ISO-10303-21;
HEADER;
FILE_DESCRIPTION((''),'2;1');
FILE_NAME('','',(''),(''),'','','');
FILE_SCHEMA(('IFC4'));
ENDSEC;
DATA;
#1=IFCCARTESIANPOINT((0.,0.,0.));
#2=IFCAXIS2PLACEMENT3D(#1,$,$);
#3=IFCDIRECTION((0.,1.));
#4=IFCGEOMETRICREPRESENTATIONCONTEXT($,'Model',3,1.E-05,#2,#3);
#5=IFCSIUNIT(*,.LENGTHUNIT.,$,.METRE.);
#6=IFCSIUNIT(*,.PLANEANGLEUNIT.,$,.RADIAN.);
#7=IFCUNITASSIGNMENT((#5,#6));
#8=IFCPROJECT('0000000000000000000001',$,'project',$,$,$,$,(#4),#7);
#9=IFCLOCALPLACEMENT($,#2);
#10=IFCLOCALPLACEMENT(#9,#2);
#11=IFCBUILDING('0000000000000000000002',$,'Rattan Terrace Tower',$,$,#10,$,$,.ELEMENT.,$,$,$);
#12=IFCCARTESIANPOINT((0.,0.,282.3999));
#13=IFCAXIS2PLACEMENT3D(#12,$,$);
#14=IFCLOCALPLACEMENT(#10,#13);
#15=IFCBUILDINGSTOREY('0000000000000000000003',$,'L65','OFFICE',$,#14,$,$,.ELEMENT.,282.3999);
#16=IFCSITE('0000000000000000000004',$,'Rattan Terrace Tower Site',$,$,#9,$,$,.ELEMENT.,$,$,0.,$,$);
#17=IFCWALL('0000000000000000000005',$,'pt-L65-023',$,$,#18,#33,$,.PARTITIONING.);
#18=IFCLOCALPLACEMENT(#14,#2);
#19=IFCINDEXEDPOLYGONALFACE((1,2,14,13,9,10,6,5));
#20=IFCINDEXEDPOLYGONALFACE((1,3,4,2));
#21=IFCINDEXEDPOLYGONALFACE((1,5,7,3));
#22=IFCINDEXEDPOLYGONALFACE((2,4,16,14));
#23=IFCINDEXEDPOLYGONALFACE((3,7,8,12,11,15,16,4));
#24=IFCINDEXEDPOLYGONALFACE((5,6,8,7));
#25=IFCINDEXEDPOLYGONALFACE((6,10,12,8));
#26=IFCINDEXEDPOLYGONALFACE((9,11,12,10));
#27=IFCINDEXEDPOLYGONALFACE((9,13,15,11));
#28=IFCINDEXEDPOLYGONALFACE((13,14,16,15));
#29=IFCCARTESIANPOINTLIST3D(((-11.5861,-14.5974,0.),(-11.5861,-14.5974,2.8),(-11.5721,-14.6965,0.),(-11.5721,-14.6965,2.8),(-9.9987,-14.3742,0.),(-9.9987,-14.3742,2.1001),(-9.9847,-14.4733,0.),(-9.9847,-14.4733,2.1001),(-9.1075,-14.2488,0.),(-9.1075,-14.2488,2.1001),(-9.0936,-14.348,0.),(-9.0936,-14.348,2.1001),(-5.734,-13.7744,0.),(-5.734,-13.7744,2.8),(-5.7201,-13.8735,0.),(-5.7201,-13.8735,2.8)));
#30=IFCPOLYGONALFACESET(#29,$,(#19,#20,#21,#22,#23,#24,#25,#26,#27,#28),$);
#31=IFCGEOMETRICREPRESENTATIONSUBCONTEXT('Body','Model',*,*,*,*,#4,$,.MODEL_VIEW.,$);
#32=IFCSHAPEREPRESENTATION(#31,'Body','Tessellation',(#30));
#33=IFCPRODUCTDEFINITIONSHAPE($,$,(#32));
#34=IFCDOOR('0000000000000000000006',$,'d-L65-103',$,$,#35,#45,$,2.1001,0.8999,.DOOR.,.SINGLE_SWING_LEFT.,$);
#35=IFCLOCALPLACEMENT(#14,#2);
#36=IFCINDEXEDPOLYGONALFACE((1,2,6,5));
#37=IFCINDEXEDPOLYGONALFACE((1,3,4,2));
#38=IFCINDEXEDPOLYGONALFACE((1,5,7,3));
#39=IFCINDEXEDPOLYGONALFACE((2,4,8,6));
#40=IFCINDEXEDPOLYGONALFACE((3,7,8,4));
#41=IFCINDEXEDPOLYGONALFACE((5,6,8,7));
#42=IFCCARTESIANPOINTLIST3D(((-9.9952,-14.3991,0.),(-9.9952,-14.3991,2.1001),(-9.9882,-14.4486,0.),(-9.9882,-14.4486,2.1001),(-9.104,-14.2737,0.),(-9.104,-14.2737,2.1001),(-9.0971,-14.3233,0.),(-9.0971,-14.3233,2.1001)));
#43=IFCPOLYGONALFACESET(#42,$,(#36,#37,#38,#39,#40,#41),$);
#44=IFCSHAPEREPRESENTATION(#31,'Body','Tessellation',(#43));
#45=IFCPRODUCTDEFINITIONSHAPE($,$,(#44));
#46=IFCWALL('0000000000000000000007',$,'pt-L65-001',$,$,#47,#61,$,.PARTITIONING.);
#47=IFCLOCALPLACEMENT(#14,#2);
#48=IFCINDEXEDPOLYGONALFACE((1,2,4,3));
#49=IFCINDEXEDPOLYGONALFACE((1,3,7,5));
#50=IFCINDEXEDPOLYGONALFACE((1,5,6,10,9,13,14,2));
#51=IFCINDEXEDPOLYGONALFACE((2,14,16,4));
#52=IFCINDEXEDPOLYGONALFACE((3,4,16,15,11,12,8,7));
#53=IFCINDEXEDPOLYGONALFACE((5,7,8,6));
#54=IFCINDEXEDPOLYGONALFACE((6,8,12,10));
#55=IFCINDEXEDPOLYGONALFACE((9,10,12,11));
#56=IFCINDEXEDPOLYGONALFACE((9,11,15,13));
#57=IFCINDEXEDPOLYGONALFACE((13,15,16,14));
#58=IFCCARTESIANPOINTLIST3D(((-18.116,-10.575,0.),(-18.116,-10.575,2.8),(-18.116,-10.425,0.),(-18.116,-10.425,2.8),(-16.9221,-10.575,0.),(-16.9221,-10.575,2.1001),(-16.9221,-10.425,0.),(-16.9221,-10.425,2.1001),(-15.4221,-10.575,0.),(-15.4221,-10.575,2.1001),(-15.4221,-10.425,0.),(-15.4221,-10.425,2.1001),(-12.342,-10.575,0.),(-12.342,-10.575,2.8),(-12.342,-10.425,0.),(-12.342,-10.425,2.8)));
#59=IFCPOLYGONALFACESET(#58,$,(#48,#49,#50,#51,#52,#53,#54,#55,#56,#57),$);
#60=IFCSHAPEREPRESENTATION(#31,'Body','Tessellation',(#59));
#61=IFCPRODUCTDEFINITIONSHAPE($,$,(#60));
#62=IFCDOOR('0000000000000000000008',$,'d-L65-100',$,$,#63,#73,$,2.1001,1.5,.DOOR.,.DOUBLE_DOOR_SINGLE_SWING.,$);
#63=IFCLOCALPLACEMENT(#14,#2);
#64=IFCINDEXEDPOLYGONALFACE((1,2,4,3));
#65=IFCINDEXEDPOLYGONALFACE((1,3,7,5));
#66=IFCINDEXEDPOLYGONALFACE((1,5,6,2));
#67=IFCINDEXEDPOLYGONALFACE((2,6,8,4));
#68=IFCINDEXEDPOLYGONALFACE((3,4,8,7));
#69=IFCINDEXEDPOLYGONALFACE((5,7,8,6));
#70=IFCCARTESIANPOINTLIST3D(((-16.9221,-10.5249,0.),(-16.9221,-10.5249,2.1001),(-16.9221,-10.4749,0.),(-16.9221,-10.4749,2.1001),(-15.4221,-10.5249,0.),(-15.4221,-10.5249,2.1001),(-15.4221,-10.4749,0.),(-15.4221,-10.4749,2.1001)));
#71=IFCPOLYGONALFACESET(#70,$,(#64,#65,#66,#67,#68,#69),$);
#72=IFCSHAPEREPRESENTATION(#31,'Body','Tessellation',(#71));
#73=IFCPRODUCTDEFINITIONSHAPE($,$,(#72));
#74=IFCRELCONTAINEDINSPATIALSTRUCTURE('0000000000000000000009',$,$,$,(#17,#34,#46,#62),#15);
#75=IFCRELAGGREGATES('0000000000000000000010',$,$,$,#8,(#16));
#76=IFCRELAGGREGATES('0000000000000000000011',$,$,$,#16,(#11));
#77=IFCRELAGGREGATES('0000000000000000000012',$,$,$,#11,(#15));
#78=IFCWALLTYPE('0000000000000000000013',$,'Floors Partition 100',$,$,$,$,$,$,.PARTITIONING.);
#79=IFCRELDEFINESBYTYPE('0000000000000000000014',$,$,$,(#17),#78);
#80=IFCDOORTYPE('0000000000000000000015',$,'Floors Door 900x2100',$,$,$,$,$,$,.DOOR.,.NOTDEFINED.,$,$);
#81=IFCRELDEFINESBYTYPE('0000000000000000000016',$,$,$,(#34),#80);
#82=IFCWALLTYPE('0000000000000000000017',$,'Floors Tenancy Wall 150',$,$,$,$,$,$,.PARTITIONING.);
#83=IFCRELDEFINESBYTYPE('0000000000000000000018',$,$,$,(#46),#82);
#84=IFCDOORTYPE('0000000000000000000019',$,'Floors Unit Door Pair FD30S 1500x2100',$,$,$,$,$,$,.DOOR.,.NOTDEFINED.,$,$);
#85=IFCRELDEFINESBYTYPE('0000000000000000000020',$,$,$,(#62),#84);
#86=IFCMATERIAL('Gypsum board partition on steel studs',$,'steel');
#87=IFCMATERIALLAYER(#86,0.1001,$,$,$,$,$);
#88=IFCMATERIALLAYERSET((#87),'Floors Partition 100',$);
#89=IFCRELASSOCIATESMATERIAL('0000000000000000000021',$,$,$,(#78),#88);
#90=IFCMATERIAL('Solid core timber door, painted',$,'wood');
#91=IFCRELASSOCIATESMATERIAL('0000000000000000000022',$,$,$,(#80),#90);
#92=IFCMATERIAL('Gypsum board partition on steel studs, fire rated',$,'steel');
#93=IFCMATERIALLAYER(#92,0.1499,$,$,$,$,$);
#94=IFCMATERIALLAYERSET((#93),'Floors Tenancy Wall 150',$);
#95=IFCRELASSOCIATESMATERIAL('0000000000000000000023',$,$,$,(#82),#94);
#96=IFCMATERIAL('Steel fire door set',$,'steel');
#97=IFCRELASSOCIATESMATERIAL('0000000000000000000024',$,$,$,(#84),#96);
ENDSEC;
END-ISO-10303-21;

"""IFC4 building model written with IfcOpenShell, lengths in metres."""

from ifc_helpers import new_model, si_unit, direction, frame, frame_2d, origin, place, context, subcontext, project, spatial, rectangle, extrude, material, layer, layer_set, type_object, element, fill, save


model = new_model("IFC4")

# Units and contexts
model_context = context("Model", 3, precision=1e-05, world=origin(), true_north=direction((0.0, 1.0)))
body_context = subcontext(model_context, "Body", "Model", "MODEL_VIEW")
ifc_project = project(units=[si_unit("LENGTHUNIT", "METRE"), si_unit("PLANEANGLEUNIT", "RADIAN")], contexts=[model_context])

# Site, building, storey
site_placement = place(None, origin())
site = spatial("IfcSite", under=ifc_project, at=site_placement, Name="Rattan Terrace Tower Site", CompositionType="ELEMENT", RefElevation=0.0)
building_placement = place(site_placement, origin())
building = spatial("IfcBuilding", under=site, at=building_placement, Name="Rattan Terrace Tower", CompositionType="ELEMENT")
storey_placement = place(building_placement, frame((0.0, 0.0, 282.3999)))
storey = spatial("IfcBuildingStorey", under=building, at=storey_placement, Name="L65", Description="OFFICE", CompositionType="ELEMENT", Elevation=282.3999)

# Shared definitions
ifc_material_1 = material(Name="Gypsum board partition on steel studs", Category="steel")
ifc_layer_1 = layer(ifc_material_1, 0.1001)
ifc_layer_set_1 = layer_set([ifc_layer_1], Name="Floors Partition 100")
wall_type_1 = type_object("IfcWallType", Name="Floors Partition 100", PredefinedType="PARTITIONING", material=ifc_layer_set_1)

# Walls, openings, doors
wall_1_placement = place(storey_placement, frame((-11.5791, -14.647, 0.0), z_axis=(0.0, 0.0, 1.0), x_axis=(0.990255, 0.139264, 0.0)))
wall_1 = element("IfcWall", 1, at=wall_1_placement, inside=storey, type_object=wall_type_1, Name="pt-L65-023", PredefinedType="PARTITIONING", context=body_context, shape_type="SweptSolid", body=[
    extrude(rectangle(XDim=5.9097, YDim=0.1001, at=frame_2d((2.9548, 0.0))), origin(), (0.0, 0.0, 1.0), 2.8),
])
opening_1_placement = place(wall_1_placement, frame((1.603, 0.0, 0.0)))
opening_1 = element("IfcOpeningElement", 2, at=opening_1_placement, cuts=wall_1, PredefinedType="OPENING", context=body_context, shape_type="SweptSolid", body=[
    extrude(rectangle(XDim=0.8999, YDim=2.1001, at=frame_2d((0.45, 1.05))), frame((0.0, 0.0605, 0.0), z_axis=(0.0, -1.0, 0.0), x_axis=(1.0, 0.0, 0.0)), (0.0, 0.0, 1.0), 0.1211),
])
ifc_material_2 = material(Name="Solid core timber door, painted", Category="wood")
door_type_1 = type_object("IfcDoorType", Name="Floors Door 900x2100", OperationType="NOTDEFINED", PredefinedType="DOOR", material=ifc_material_2)
door_1_placement = place(opening_1_placement, origin())
door_1 = element("IfcDoor", 3, at=door_1_placement, inside=storey, type_object=door_type_1, Name="d-L65-103", OperationType="SINGLE_SWING_LEFT", OverallHeight=2.1001, OverallWidth=0.8999, PredefinedType="DOOR", context=body_context, shape_type="SweptSolid", body=[
    extrude(rectangle(XDim=0.8999, YDim=2.1001, at=frame_2d((0.45, 1.05))), frame((0.0, 0.0249, 0.0), z_axis=(0.0, -1.0, 0.0), x_axis=(1.0, 0.0, 0.0)), (0.0, 0.0, 1.0), 0.05),
])
fill(opening_1, door_1)
ifc_material_3 = material(Name="Gypsum board partition on steel studs, fire rated", Category="steel")
ifc_layer_2 = layer(ifc_material_3, 0.1499)
ifc_layer_set_2 = layer_set([ifc_layer_2], Name="Floors Tenancy Wall 150")
wall_type_2 = type_object("IfcWallType", Name="Floors Tenancy Wall 150", PredefinedType="PARTITIONING", material=ifc_layer_set_2)
wall_2_placement = place(storey_placement, frame((-12.342, -10.5, 0.0), z_axis=(0.0, 0.0, 1.0), x_axis=(-1.0, 0.0, 0.0)))
wall_2 = element("IfcWall", 4, at=wall_2_placement, inside=storey, type_object=wall_type_2, Name="pt-L65-001", PredefinedType="PARTITIONING", context=body_context, shape_type="SweptSolid", body=[
    extrude(rectangle(XDim=5.7739, YDim=0.1499, at=frame_2d((2.887, 0.0))), origin(), (0.0, 0.0, 1.0), 2.8),
])
opening_2_placement = place(wall_2_placement, frame((3.0801, 0.0, 0.0)))
opening_2 = element("IfcOpeningElement", 5, at=opening_2_placement, cuts=wall_2, PredefinedType="OPENING", context=body_context, shape_type="SweptSolid", body=[
    extrude(rectangle(XDim=1.5, YDim=2.1001, at=frame_2d((0.75, 1.05))), frame((0.0, 0.0854, 0.0), z_axis=(0.0, -1.0, 0.0), x_axis=(1.0, 0.0, 0.0)), (0.0, 0.0, 1.0), 0.1709),
])
ifc_material_4 = material(Name="Steel fire door set", Category="steel")
door_type_2 = type_object("IfcDoorType", Name="Floors Unit Door Pair FD30S 1500x2100", OperationType="NOTDEFINED", PredefinedType="DOOR", material=ifc_material_4)
door_2_placement = place(opening_2_placement, origin())
door_2 = element("IfcDoor", 6, at=door_2_placement, inside=storey, type_object=door_type_2, Name="d-L65-100", OperationType="DOUBLE_DOOR_SINGLE_SWING", OverallHeight=2.1001, OverallWidth=1.5, PredefinedType="DOOR", context=body_context, shape_type="SweptSolid", body=[
    extrude(rectangle(XDim=1.5, YDim=2.1001, at=frame_2d((0.75, 1.05))), frame((0.0, 0.0249, 0.0), z_axis=(0.0, -1.0, 0.0), x_axis=(1.0, 0.0, 0.0)), (0.0, 0.0, 1.0), 0.05),
])
fill(opening_2, door_2)

save(model, "model.ifc")
